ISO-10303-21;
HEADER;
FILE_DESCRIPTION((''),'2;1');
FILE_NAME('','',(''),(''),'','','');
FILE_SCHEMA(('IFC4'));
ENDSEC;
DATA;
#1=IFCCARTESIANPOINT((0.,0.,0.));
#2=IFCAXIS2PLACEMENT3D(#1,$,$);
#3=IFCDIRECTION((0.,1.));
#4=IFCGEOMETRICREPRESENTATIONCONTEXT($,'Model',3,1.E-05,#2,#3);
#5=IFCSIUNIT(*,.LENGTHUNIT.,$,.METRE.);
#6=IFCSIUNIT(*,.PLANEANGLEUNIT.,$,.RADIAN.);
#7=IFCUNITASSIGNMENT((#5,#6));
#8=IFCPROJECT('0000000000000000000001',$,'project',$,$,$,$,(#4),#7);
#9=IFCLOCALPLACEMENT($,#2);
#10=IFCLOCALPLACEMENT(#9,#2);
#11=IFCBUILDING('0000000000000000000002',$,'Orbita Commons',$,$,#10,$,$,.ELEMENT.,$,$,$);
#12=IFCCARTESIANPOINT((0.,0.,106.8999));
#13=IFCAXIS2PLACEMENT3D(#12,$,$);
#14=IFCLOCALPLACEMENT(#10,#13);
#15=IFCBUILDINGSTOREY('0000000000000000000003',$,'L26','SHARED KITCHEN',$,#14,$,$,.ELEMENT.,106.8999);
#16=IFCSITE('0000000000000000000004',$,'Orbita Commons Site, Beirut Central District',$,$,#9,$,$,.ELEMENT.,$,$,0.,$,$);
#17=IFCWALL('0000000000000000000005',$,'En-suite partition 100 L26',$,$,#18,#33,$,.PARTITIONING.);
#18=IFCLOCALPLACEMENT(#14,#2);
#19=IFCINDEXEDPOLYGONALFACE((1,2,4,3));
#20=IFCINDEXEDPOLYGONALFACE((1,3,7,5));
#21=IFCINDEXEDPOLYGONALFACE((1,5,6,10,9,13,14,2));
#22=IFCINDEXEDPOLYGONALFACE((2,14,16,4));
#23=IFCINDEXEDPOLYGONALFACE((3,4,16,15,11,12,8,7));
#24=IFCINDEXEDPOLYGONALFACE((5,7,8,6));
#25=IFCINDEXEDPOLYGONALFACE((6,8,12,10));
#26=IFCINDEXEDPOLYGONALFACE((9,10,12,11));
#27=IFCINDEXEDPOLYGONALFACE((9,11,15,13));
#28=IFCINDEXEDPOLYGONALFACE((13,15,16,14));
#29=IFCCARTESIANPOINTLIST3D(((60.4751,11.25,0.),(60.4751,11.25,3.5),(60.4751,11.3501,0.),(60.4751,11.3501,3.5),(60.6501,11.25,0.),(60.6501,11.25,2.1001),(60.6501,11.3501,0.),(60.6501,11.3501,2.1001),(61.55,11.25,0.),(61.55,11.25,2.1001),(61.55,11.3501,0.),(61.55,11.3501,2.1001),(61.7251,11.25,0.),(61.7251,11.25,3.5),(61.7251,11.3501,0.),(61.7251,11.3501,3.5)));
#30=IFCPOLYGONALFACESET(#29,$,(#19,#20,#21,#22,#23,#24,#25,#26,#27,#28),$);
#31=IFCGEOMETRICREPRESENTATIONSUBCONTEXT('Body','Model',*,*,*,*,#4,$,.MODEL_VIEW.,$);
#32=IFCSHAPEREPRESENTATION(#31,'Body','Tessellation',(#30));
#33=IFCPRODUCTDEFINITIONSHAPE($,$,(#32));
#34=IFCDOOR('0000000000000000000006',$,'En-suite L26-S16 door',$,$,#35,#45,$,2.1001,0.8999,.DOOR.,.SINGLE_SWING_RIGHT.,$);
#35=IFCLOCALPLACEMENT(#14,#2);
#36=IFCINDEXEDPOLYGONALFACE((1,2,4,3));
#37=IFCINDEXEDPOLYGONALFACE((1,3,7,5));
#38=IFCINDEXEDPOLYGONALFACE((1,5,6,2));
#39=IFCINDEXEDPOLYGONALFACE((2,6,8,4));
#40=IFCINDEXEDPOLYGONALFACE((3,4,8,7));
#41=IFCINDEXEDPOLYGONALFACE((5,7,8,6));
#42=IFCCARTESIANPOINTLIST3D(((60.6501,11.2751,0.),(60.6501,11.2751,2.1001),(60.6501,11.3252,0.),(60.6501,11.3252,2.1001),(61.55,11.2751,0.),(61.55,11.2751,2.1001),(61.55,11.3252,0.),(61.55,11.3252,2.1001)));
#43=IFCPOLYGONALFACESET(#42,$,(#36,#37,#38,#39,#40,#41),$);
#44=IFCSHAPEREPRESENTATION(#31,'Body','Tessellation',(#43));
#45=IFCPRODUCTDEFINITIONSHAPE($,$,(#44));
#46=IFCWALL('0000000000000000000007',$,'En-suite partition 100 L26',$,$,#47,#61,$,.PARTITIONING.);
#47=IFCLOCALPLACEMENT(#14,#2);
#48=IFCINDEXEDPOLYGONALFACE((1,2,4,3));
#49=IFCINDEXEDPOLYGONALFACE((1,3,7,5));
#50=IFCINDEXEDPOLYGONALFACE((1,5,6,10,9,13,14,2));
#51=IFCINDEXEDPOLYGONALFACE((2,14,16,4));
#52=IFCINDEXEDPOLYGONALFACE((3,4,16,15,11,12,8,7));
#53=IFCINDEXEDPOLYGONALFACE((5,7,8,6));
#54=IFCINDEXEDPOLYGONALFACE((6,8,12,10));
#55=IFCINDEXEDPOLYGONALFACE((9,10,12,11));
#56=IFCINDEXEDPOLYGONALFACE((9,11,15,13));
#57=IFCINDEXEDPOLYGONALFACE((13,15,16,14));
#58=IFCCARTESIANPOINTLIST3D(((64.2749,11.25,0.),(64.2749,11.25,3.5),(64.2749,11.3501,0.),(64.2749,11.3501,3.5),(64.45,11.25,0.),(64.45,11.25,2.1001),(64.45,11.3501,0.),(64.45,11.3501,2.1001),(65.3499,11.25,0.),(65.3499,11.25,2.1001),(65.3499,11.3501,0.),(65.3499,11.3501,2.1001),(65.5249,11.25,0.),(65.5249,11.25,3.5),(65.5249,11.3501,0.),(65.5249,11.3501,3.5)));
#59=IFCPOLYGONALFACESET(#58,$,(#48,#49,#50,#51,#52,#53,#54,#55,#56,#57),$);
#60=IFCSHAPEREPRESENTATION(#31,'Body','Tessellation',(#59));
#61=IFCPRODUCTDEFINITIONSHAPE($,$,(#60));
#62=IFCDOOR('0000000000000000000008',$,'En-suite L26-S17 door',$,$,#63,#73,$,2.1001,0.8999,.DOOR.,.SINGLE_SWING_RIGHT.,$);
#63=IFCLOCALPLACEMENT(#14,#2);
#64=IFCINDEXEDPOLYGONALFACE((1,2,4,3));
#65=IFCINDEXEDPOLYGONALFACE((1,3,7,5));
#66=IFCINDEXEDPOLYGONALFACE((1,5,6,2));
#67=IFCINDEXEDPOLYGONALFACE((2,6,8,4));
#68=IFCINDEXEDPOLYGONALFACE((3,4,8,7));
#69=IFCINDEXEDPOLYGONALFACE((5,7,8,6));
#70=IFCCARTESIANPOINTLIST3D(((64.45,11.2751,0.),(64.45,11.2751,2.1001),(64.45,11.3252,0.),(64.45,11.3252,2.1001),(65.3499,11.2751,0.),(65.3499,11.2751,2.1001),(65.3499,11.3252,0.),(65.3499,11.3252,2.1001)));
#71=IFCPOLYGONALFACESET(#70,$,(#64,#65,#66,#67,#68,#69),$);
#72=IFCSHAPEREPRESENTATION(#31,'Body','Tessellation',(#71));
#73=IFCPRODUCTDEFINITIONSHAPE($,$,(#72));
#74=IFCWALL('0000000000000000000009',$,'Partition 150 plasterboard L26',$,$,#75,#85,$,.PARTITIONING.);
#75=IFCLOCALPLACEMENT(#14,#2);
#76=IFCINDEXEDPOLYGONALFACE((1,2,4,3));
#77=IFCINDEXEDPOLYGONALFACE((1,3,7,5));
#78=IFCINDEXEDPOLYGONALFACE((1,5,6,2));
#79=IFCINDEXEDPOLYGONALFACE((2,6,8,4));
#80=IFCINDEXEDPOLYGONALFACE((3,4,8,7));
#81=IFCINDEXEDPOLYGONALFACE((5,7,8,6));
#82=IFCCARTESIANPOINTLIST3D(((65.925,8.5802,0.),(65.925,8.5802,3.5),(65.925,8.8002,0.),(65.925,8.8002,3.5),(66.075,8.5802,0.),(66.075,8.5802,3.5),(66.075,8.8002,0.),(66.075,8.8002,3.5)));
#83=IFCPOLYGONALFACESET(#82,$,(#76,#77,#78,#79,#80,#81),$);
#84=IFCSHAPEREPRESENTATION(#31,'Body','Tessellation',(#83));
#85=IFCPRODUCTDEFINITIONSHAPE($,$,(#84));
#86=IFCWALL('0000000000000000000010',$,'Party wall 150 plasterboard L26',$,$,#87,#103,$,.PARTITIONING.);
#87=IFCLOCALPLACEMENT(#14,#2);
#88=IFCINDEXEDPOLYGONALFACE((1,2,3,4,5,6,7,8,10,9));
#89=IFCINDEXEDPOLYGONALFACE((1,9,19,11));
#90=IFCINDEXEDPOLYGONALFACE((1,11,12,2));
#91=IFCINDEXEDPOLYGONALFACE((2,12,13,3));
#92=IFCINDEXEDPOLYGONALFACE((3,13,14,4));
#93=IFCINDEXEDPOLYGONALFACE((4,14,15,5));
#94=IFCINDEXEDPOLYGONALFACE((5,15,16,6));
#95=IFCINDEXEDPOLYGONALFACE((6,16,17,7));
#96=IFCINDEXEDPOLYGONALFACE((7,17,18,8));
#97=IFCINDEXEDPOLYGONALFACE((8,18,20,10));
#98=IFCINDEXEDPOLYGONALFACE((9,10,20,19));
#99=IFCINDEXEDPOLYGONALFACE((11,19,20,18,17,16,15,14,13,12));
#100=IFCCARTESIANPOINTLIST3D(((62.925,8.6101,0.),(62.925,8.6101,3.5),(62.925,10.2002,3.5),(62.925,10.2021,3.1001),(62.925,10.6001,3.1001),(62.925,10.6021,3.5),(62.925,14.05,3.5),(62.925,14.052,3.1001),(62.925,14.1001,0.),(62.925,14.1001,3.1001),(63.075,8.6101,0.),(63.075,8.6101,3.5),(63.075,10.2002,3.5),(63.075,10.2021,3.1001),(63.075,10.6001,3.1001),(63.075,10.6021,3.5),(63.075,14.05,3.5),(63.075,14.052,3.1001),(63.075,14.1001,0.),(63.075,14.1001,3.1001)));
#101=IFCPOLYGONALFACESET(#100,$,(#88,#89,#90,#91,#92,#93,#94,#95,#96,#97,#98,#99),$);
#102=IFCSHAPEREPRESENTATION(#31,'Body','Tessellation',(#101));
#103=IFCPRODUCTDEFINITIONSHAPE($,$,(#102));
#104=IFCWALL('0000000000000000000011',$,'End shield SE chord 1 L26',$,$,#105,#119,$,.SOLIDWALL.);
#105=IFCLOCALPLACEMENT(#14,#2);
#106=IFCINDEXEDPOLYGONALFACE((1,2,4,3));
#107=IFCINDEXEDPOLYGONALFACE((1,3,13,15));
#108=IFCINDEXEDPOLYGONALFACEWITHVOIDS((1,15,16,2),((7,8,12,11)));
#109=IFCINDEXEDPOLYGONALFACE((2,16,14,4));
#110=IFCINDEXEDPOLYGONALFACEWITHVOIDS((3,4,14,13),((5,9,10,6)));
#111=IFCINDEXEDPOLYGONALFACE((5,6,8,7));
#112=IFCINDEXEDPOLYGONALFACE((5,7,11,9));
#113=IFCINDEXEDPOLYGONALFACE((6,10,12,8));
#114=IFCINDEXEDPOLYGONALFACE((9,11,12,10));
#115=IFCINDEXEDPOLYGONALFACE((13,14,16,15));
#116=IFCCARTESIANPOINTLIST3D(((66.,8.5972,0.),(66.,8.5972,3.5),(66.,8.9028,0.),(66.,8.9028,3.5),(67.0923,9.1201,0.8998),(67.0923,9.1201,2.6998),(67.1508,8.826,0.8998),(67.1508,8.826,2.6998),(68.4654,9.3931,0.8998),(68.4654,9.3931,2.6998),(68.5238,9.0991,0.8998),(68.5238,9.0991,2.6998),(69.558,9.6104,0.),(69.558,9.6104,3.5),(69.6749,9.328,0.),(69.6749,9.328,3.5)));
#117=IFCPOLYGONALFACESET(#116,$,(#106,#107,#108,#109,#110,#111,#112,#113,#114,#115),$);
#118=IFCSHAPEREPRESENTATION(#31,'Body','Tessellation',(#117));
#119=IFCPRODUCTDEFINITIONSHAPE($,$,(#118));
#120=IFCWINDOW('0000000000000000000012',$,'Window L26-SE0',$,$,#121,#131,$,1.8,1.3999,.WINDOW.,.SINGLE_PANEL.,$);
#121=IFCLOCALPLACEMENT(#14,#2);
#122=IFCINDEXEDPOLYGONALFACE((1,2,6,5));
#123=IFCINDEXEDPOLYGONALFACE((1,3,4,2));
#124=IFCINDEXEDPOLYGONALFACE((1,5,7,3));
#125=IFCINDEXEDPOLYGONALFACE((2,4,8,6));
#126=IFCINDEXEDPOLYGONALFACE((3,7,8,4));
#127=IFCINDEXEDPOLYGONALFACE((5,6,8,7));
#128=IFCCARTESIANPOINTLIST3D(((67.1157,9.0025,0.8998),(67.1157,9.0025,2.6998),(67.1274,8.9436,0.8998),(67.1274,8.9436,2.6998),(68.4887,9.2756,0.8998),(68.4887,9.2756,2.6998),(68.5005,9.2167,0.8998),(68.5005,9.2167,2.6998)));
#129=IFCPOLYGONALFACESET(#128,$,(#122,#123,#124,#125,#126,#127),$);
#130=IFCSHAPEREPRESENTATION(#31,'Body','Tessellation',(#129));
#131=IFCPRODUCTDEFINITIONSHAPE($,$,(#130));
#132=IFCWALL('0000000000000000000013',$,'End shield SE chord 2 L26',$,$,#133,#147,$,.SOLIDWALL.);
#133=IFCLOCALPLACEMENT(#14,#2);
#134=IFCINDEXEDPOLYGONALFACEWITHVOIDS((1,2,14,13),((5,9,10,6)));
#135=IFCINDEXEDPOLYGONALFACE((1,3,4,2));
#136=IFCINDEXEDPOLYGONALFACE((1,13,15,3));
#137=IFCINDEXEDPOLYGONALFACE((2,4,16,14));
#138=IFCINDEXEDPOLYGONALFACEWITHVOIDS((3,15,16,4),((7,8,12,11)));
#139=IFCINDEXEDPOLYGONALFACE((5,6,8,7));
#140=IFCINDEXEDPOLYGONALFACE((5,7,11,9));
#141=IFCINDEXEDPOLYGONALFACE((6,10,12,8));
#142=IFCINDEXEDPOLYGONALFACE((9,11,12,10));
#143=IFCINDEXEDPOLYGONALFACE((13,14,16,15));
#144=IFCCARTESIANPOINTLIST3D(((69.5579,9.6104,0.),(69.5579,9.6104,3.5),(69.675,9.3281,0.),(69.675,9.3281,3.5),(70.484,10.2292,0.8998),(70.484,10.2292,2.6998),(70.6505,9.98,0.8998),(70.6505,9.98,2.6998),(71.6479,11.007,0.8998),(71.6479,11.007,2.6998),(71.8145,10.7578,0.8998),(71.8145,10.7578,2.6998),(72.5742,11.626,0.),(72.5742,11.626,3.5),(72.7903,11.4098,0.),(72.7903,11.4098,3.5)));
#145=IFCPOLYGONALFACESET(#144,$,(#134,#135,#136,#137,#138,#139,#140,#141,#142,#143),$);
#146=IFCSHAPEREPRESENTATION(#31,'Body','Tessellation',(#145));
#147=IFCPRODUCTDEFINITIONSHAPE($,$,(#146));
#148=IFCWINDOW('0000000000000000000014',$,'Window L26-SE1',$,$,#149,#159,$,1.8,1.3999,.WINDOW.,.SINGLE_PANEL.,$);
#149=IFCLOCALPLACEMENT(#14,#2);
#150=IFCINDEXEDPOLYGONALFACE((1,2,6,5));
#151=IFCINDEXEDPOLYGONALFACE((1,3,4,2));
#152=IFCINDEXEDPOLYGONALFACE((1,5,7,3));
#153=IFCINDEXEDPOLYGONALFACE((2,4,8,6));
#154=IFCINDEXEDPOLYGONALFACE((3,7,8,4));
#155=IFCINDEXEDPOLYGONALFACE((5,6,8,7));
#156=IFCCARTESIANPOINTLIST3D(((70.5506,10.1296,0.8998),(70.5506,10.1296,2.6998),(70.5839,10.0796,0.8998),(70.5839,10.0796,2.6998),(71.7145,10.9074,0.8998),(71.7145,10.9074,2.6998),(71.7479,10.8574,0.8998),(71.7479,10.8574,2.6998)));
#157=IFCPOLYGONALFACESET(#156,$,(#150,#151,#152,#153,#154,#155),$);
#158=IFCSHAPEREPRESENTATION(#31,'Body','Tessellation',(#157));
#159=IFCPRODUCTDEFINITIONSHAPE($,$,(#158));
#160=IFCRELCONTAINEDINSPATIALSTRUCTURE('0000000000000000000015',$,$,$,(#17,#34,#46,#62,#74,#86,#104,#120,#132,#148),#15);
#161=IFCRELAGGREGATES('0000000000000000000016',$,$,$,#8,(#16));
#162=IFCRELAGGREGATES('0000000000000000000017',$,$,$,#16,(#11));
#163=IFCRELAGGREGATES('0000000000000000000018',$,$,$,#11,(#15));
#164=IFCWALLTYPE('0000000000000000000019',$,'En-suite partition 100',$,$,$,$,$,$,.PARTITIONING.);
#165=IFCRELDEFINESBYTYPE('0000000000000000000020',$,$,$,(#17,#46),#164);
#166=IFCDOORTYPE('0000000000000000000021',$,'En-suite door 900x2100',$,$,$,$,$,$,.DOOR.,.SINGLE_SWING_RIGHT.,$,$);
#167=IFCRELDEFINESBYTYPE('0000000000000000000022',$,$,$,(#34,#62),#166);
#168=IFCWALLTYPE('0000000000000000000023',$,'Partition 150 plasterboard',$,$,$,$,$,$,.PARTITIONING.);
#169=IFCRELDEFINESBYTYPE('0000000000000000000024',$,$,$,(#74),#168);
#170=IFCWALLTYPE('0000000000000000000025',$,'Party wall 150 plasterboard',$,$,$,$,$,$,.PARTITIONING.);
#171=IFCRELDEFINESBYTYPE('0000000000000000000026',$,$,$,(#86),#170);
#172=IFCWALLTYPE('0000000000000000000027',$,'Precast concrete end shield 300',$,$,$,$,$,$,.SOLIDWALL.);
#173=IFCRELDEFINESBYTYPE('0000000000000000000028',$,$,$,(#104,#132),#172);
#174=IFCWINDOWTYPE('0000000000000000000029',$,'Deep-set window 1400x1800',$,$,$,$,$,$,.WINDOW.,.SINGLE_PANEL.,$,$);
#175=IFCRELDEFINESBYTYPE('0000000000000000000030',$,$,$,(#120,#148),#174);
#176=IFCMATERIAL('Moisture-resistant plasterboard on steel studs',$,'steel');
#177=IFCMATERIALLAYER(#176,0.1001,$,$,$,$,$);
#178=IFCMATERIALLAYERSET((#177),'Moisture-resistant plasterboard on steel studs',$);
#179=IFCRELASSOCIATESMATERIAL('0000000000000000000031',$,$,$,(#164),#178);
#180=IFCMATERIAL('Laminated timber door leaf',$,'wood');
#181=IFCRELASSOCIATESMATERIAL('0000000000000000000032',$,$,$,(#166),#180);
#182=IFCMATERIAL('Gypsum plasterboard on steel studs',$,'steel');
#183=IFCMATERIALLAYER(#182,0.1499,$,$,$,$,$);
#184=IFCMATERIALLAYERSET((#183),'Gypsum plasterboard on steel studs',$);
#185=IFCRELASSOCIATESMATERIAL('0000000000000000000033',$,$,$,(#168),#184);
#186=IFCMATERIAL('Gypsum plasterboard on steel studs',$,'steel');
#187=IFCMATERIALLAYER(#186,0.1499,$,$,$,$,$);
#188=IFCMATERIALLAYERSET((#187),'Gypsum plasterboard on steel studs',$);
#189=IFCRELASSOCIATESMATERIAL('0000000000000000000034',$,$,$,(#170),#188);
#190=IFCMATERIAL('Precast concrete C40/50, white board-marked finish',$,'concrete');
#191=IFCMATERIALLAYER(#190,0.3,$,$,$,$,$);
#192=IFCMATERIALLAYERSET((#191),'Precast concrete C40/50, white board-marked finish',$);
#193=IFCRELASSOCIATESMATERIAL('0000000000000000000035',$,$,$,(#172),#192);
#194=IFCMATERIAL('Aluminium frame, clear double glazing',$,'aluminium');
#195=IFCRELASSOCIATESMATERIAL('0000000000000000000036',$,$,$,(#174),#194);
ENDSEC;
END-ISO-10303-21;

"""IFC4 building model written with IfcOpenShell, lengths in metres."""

from ifc_helpers import new_model, si_unit, direction, frame, frame_2d, origin, place, context, subcontext, project, spatial, polyline, rectangle, outline, extrude, material, layer, layer_set, type_object, element, fill, save


model = new_model("IFC4")

# Units and contexts
model_context = context("Model", 3, precision=1e-05, world=origin(), true_north=direction((0.0, 1.0)))
body_context = subcontext(model_context, "Body", "Model", "MODEL_VIEW")
ifc_project = project(units=[si_unit("LENGTHUNIT", "METRE"), si_unit("PLANEANGLEUNIT", "RADIAN")], contexts=[model_context])

# Site, building, storey
site_placement = place(None, origin())
site = spatial("IfcSite", under=ifc_project, at=site_placement, Name="Orbita Commons Site, Beirut Central District", CompositionType="ELEMENT", RefElevation=0.0)
building_placement = place(site_placement, origin())
building = spatial("IfcBuilding", under=site, at=building_placement, Name="Orbita Commons", CompositionType="ELEMENT")
storey_placement = place(building_placement, frame((0.0, 0.0, 106.8999)))
storey = spatial("IfcBuildingStorey", under=building, at=storey_placement, Name="L26", Description="SHARED KITCHEN", CompositionType="ELEMENT", Elevation=106.8999)

# Walls, openings, doors
ifc_material_1 = material(Name="Moisture-resistant plasterboard on steel studs", Category="steel")
ifc_layer_1 = layer(ifc_material_1, 0.1001)
ifc_layer_set_1 = layer_set([ifc_layer_1], Name="Moisture-resistant plasterboard on steel studs")
wall_type_1 = type_object("IfcWallType", Name="En-suite partition 100", PredefinedType="PARTITIONING", material=ifc_layer_set_1)
wall_1_placement = place(storey_placement, frame((61.7251, 11.3, 0.0), z_axis=(0.0, 0.0, 1.0), x_axis=(-1.0, 0.0, 0.0)))
wall_1 = element("IfcWall", 1, at=wall_1_placement, inside=storey, type_object=wall_type_1, Name="En-suite partition 100 L26", PredefinedType="PARTITIONING", context=body_context, shape_type="SweptSolid", body=[
    extrude(rectangle(XDim=1.25, YDim=0.1001, at=frame_2d((0.625, 0.0))), origin(), (0.0, 0.0, 1.0), 3.5),
])
opening_1_placement = place(wall_1_placement, frame((0.175, 0.0, 0.0)))
opening_1 = element("IfcOpeningElement", 2, at=opening_1_placement, cuts=wall_1, PredefinedType="OPENING", context=body_context, shape_type="SweptSolid", body=[
    extrude(rectangle(XDim=0.8999, YDim=2.1001, at=frame_2d((0.45, 1.05))), frame((0.0, 0.0601, 0.0), z_axis=(0.0, -1.0, 0.0), x_axis=(1.0, 0.0, 0.0)), (0.0, 0.0, 1.0), 0.1201),
])
ifc_material_2 = material(Name="Laminated timber door leaf", Category="wood")
door_type_1 = type_object("IfcDoorType", Name="En-suite door 900x2100", OperationType="SINGLE_SWING_RIGHT", PredefinedType="DOOR", material=ifc_material_2)
door_1_placement = place(opening_1_placement, origin())
door_1 = element("IfcDoor", 3, at=door_1_placement, inside=storey, type_object=door_type_1, Name="En-suite L26-S16 door", OperationType="SINGLE_SWING_RIGHT", OverallHeight=2.1001, OverallWidth=0.8999, PredefinedType="DOOR", context=body_context, shape_type="SweptSolid", body=[
    extrude(rectangle(XDim=0.8999, YDim=2.1001, at=frame_2d((0.45, 1.05))), frame((0.0, 0.0249, 0.0), z_axis=(0.0, -1.0, 0.0), x_axis=(1.0, 0.0, 0.0)), (0.0, 0.0, 1.0), 0.05),
])
fill(opening_1, door_1)
wall_2_placement = place(storey_placement, frame((65.5249, 11.3, 0.0), z_axis=(0.0, 0.0, 1.0), x_axis=(-1.0, 0.0, 0.0)))
wall_2 = element("IfcWall", 4, at=wall_2_placement, inside=storey, type_object=wall_type_1, Name="En-suite partition 100 L26", PredefinedType="PARTITIONING", context=body_context, shape_type="SweptSolid", body=[
    extrude(rectangle(XDim=1.25, YDim=0.1001, at=frame_2d((0.625, 0.0))), origin(), (0.0, 0.0, 1.0), 3.5),
])
opening_2_placement = place(wall_2_placement, frame((0.175, 0.0, 0.0)))
opening_2 = element("IfcOpeningElement", 5, at=opening_2_placement, cuts=wall_2, PredefinedType="OPENING", context=body_context, shape_type="SweptSolid", body=[
    extrude(rectangle(XDim=0.8999, YDim=2.1001, at=frame_2d((0.45, 1.05))), frame((0.0, 0.0601, 0.0), z_axis=(0.0, -1.0, 0.0), x_axis=(1.0, 0.0, 0.0)), (0.0, 0.0, 1.0), 0.1201),
])
door_2_placement = place(opening_2_placement, origin())
door_2 = element("IfcDoor", 6, at=door_2_placement, inside=storey, type_object=door_type_1, Name="En-suite L26-S17 door", OperationType="SINGLE_SWING_RIGHT", OverallHeight=2.1001, OverallWidth=0.8999, PredefinedType="DOOR", context=body_context, shape_type="SweptSolid", body=[
    extrude(rectangle(XDim=0.8999, YDim=2.1001, at=frame_2d((0.45, 1.05))), frame((0.0, 0.0249, 0.0), z_axis=(0.0, -1.0, 0.0), x_axis=(1.0, 0.0, 0.0)), (0.0, 0.0, 1.0), 0.05),
])
fill(opening_2, door_2)

# Walls
ifc_material_3 = material(Name="Gypsum plasterboard on steel studs", Category="steel")
ifc_layer_2 = layer(ifc_material_3, 0.1499)
ifc_layer_set_2 = layer_set([ifc_layer_2], Name="Gypsum plasterboard on steel studs")
wall_type_2 = type_object("IfcWallType", Name="Partition 150 plasterboard", PredefinedType="PARTITIONING", material=ifc_layer_set_2)
wall_3_placement = place(storey_placement, frame((66.0, 8.8, 0.0), z_axis=(0.0, 0.0, 1.0), x_axis=(0.0, -1.0, 0.0)))
element("IfcWall", 7, at=wall_3_placement, inside=storey, type_object=wall_type_2, Name="Partition 150 plasterboard L26", PredefinedType="PARTITIONING", context=body_context, shape_type="SweptSolid", body=[
    extrude(rectangle(XDim=0.22, YDim=0.1499, at=frame_2d((0.1099, 0.0))), origin(), (0.0, 0.0, 1.0), 3.5),
])
ifc_material_4 = material(Name="Gypsum plasterboard on steel studs", Category="steel")
ifc_layer_3 = layer(ifc_material_4, 0.1499)
ifc_layer_set_3 = layer_set([ifc_layer_3], Name="Gypsum plasterboard on steel studs")
wall_type_3 = type_object("IfcWallType", Name="Party wall 150 plasterboard", PredefinedType="PARTITIONING", material=ifc_layer_set_3)
wall_4_placement = place(storey_placement, frame((63.0, 8.6101, 0.0), z_axis=(0.0, 0.0, 1.0), x_axis=(0.0, 1.0, 0.0)))
element("IfcWall", 8, at=wall_4_placement, inside=storey, type_object=wall_type_3, Name="Party wall 150 plasterboard L26", PredefinedType="PARTITIONING", context=body_context, shape_type="SweptSolid", body=[
    extrude(outline(polyline([(0.0, 0.0), (5.49, 0.0), (5.49, 3.1001), (5.4419, 3.1001), (5.4399, 3.5), (1.9919, 3.5), (1.99, 3.1001), (1.592, 3.1001), (1.5901, 3.5), (0.0, 3.5), (0.0, 0.0)])), frame((0.0, 0.075, 0.0), z_axis=(0.0, -1.0, 0.0), x_axis=(1.0, 0.0, 0.0)), (0.0, 0.0, 1.0), 0.1499),
])

# Walls, openings, windows
ifc_material_5 = material(Name="Precast concrete C40/50, white board-marked finish", Category="concrete")
ifc_layer_4 = layer(ifc_material_5, 0.3)
ifc_layer_set_4 = layer_set([ifc_layer_4], Name="Precast concrete C40/50, white board-marked finish")
wall_type_4 = type_object("IfcWallType", Name="Precast concrete end shield 300", PredefinedType="SOLIDWALL", material=ifc_layer_set_4)
wall_5_placement = place(storey_placement, frame((66.0, 8.75, 0.0), z_axis=(0.0, 0.0, 1.0), x_axis=(0.980791, 0.195059, 0.0)))
wall_5 = element("IfcWall", 9, at=wall_5_placement, inside=storey, type_object=wall_type_4, Name="End shield SE chord 1 L26", PredefinedType="SOLIDWALL", context=body_context, shape_type="SweptSolid", body=[
    extrude(outline(polyline([(-0.0298, -0.1499), (3.717, -0.1499), (3.6575, 0.1499), (0.0298, 0.1499), (-0.0298, -0.1499)])), origin(), (0.0, 0.0, 1.0), 3.5),
])
opening_3_placement = place(wall_5_placement, frame((1.1436, 0.0, 0.8999)))
opening_3 = element("IfcOpeningElement", 10, at=opening_3_placement, cuts=wall_5, PredefinedType="OPENING", context=body_context, shape_type="SweptSolid", body=[
    extrude(rectangle(XDim=1.3999, YDim=1.8, at=frame_2d((0.7, 0.8999))), frame((0.0, 0.1599, 0.0), z_axis=(0.0, -1.0, 0.0), x_axis=(1.0, 0.0, 0.0)), (0.0, 0.0, 1.0), 0.3201),
])
ifc_material_6 = material(Name="Aluminium frame, clear double glazing", Category="aluminium")
window_type = type_object("IfcWindowType", Name="Deep-set window 1400x1800", PartitioningType="SINGLE_PANEL", PredefinedType="WINDOW", material=ifc_material_6)
window_1_placement = place(opening_3_placement, origin())
window_1 = element("IfcWindow", 11, at=window_1_placement, inside=storey, type_object=window_type, Name="Window L26-SE0", OverallHeight=1.8, OverallWidth=1.3999, PartitioningType="SINGLE_PANEL", PredefinedType="WINDOW", context=body_context, shape_type="SweptSolid", body=[
    extrude(rectangle(XDim=1.3999, YDim=1.8, at=frame_2d((0.7, 0.8999))), frame((0.0, 0.03, 0.0), z_axis=(0.0, -1.0, 0.0), x_axis=(1.0, 0.0, 0.0)), (0.0, 0.0, 1.0), 0.0601),
])
fill(opening_3, window_1)
wall_6_placement = place(storey_placement, frame((69.6165, 9.4692, 0.0), z_axis=(0.0, 0.0, 1.0), x_axis=(0.831449, 0.555601, 0.0)))
wall_6 = element("IfcWall", 12, at=wall_6_placement, inside=storey, type_object=wall_type_4, Name="End shield SE chord 2 L26", PredefinedType="SOLIDWALL", context=body_context, shape_type="SweptSolid", body=[
    extrude(outline(polyline([(-0.0298, -0.1499), (3.717, -0.1499), (3.6575, 0.1499), (0.0298, 0.1499), (-0.0298, -0.1499)])), origin(), (0.0, 0.0, 1.0), 3.5),
])
opening_4_placement = place(wall_6_placement, frame((1.1436, 0.0, 0.8999)))
opening_4 = element("IfcOpeningElement", 13, at=opening_4_placement, cuts=wall_6, PredefinedType="OPENING", context=body_context, shape_type="SweptSolid", body=[
    extrude(rectangle(XDim=1.3999, YDim=1.8, at=frame_2d((0.7, 0.8999))), frame((0.0, 0.1599, 0.0), z_axis=(0.0, -1.0, 0.0), x_axis=(1.0, 0.0, 0.0)), (0.0, 0.0, 1.0), 0.3201),
])
window_2_placement = place(opening_4_placement, origin())
window_2 = element("IfcWindow", 14, at=window_2_placement, inside=storey, type_object=window_type, Name="Window L26-SE1", OverallHeight=1.8, OverallWidth=1.3999, PartitioningType="SINGLE_PANEL", PredefinedType="WINDOW", context=body_context, shape_type="SweptSolid", body=[
    extrude(rectangle(XDim=1.3999, YDim=1.8, at=frame_2d((0.7, 0.8999))), frame((0.0, 0.03, 0.0), z_axis=(0.0, -1.0, 0.0), x_axis=(1.0, 0.0, 0.0)), (0.0, 0.0, 1.0), 0.0601),
])
fill(opening_4, window_2)

save(model, "model.ifc")
